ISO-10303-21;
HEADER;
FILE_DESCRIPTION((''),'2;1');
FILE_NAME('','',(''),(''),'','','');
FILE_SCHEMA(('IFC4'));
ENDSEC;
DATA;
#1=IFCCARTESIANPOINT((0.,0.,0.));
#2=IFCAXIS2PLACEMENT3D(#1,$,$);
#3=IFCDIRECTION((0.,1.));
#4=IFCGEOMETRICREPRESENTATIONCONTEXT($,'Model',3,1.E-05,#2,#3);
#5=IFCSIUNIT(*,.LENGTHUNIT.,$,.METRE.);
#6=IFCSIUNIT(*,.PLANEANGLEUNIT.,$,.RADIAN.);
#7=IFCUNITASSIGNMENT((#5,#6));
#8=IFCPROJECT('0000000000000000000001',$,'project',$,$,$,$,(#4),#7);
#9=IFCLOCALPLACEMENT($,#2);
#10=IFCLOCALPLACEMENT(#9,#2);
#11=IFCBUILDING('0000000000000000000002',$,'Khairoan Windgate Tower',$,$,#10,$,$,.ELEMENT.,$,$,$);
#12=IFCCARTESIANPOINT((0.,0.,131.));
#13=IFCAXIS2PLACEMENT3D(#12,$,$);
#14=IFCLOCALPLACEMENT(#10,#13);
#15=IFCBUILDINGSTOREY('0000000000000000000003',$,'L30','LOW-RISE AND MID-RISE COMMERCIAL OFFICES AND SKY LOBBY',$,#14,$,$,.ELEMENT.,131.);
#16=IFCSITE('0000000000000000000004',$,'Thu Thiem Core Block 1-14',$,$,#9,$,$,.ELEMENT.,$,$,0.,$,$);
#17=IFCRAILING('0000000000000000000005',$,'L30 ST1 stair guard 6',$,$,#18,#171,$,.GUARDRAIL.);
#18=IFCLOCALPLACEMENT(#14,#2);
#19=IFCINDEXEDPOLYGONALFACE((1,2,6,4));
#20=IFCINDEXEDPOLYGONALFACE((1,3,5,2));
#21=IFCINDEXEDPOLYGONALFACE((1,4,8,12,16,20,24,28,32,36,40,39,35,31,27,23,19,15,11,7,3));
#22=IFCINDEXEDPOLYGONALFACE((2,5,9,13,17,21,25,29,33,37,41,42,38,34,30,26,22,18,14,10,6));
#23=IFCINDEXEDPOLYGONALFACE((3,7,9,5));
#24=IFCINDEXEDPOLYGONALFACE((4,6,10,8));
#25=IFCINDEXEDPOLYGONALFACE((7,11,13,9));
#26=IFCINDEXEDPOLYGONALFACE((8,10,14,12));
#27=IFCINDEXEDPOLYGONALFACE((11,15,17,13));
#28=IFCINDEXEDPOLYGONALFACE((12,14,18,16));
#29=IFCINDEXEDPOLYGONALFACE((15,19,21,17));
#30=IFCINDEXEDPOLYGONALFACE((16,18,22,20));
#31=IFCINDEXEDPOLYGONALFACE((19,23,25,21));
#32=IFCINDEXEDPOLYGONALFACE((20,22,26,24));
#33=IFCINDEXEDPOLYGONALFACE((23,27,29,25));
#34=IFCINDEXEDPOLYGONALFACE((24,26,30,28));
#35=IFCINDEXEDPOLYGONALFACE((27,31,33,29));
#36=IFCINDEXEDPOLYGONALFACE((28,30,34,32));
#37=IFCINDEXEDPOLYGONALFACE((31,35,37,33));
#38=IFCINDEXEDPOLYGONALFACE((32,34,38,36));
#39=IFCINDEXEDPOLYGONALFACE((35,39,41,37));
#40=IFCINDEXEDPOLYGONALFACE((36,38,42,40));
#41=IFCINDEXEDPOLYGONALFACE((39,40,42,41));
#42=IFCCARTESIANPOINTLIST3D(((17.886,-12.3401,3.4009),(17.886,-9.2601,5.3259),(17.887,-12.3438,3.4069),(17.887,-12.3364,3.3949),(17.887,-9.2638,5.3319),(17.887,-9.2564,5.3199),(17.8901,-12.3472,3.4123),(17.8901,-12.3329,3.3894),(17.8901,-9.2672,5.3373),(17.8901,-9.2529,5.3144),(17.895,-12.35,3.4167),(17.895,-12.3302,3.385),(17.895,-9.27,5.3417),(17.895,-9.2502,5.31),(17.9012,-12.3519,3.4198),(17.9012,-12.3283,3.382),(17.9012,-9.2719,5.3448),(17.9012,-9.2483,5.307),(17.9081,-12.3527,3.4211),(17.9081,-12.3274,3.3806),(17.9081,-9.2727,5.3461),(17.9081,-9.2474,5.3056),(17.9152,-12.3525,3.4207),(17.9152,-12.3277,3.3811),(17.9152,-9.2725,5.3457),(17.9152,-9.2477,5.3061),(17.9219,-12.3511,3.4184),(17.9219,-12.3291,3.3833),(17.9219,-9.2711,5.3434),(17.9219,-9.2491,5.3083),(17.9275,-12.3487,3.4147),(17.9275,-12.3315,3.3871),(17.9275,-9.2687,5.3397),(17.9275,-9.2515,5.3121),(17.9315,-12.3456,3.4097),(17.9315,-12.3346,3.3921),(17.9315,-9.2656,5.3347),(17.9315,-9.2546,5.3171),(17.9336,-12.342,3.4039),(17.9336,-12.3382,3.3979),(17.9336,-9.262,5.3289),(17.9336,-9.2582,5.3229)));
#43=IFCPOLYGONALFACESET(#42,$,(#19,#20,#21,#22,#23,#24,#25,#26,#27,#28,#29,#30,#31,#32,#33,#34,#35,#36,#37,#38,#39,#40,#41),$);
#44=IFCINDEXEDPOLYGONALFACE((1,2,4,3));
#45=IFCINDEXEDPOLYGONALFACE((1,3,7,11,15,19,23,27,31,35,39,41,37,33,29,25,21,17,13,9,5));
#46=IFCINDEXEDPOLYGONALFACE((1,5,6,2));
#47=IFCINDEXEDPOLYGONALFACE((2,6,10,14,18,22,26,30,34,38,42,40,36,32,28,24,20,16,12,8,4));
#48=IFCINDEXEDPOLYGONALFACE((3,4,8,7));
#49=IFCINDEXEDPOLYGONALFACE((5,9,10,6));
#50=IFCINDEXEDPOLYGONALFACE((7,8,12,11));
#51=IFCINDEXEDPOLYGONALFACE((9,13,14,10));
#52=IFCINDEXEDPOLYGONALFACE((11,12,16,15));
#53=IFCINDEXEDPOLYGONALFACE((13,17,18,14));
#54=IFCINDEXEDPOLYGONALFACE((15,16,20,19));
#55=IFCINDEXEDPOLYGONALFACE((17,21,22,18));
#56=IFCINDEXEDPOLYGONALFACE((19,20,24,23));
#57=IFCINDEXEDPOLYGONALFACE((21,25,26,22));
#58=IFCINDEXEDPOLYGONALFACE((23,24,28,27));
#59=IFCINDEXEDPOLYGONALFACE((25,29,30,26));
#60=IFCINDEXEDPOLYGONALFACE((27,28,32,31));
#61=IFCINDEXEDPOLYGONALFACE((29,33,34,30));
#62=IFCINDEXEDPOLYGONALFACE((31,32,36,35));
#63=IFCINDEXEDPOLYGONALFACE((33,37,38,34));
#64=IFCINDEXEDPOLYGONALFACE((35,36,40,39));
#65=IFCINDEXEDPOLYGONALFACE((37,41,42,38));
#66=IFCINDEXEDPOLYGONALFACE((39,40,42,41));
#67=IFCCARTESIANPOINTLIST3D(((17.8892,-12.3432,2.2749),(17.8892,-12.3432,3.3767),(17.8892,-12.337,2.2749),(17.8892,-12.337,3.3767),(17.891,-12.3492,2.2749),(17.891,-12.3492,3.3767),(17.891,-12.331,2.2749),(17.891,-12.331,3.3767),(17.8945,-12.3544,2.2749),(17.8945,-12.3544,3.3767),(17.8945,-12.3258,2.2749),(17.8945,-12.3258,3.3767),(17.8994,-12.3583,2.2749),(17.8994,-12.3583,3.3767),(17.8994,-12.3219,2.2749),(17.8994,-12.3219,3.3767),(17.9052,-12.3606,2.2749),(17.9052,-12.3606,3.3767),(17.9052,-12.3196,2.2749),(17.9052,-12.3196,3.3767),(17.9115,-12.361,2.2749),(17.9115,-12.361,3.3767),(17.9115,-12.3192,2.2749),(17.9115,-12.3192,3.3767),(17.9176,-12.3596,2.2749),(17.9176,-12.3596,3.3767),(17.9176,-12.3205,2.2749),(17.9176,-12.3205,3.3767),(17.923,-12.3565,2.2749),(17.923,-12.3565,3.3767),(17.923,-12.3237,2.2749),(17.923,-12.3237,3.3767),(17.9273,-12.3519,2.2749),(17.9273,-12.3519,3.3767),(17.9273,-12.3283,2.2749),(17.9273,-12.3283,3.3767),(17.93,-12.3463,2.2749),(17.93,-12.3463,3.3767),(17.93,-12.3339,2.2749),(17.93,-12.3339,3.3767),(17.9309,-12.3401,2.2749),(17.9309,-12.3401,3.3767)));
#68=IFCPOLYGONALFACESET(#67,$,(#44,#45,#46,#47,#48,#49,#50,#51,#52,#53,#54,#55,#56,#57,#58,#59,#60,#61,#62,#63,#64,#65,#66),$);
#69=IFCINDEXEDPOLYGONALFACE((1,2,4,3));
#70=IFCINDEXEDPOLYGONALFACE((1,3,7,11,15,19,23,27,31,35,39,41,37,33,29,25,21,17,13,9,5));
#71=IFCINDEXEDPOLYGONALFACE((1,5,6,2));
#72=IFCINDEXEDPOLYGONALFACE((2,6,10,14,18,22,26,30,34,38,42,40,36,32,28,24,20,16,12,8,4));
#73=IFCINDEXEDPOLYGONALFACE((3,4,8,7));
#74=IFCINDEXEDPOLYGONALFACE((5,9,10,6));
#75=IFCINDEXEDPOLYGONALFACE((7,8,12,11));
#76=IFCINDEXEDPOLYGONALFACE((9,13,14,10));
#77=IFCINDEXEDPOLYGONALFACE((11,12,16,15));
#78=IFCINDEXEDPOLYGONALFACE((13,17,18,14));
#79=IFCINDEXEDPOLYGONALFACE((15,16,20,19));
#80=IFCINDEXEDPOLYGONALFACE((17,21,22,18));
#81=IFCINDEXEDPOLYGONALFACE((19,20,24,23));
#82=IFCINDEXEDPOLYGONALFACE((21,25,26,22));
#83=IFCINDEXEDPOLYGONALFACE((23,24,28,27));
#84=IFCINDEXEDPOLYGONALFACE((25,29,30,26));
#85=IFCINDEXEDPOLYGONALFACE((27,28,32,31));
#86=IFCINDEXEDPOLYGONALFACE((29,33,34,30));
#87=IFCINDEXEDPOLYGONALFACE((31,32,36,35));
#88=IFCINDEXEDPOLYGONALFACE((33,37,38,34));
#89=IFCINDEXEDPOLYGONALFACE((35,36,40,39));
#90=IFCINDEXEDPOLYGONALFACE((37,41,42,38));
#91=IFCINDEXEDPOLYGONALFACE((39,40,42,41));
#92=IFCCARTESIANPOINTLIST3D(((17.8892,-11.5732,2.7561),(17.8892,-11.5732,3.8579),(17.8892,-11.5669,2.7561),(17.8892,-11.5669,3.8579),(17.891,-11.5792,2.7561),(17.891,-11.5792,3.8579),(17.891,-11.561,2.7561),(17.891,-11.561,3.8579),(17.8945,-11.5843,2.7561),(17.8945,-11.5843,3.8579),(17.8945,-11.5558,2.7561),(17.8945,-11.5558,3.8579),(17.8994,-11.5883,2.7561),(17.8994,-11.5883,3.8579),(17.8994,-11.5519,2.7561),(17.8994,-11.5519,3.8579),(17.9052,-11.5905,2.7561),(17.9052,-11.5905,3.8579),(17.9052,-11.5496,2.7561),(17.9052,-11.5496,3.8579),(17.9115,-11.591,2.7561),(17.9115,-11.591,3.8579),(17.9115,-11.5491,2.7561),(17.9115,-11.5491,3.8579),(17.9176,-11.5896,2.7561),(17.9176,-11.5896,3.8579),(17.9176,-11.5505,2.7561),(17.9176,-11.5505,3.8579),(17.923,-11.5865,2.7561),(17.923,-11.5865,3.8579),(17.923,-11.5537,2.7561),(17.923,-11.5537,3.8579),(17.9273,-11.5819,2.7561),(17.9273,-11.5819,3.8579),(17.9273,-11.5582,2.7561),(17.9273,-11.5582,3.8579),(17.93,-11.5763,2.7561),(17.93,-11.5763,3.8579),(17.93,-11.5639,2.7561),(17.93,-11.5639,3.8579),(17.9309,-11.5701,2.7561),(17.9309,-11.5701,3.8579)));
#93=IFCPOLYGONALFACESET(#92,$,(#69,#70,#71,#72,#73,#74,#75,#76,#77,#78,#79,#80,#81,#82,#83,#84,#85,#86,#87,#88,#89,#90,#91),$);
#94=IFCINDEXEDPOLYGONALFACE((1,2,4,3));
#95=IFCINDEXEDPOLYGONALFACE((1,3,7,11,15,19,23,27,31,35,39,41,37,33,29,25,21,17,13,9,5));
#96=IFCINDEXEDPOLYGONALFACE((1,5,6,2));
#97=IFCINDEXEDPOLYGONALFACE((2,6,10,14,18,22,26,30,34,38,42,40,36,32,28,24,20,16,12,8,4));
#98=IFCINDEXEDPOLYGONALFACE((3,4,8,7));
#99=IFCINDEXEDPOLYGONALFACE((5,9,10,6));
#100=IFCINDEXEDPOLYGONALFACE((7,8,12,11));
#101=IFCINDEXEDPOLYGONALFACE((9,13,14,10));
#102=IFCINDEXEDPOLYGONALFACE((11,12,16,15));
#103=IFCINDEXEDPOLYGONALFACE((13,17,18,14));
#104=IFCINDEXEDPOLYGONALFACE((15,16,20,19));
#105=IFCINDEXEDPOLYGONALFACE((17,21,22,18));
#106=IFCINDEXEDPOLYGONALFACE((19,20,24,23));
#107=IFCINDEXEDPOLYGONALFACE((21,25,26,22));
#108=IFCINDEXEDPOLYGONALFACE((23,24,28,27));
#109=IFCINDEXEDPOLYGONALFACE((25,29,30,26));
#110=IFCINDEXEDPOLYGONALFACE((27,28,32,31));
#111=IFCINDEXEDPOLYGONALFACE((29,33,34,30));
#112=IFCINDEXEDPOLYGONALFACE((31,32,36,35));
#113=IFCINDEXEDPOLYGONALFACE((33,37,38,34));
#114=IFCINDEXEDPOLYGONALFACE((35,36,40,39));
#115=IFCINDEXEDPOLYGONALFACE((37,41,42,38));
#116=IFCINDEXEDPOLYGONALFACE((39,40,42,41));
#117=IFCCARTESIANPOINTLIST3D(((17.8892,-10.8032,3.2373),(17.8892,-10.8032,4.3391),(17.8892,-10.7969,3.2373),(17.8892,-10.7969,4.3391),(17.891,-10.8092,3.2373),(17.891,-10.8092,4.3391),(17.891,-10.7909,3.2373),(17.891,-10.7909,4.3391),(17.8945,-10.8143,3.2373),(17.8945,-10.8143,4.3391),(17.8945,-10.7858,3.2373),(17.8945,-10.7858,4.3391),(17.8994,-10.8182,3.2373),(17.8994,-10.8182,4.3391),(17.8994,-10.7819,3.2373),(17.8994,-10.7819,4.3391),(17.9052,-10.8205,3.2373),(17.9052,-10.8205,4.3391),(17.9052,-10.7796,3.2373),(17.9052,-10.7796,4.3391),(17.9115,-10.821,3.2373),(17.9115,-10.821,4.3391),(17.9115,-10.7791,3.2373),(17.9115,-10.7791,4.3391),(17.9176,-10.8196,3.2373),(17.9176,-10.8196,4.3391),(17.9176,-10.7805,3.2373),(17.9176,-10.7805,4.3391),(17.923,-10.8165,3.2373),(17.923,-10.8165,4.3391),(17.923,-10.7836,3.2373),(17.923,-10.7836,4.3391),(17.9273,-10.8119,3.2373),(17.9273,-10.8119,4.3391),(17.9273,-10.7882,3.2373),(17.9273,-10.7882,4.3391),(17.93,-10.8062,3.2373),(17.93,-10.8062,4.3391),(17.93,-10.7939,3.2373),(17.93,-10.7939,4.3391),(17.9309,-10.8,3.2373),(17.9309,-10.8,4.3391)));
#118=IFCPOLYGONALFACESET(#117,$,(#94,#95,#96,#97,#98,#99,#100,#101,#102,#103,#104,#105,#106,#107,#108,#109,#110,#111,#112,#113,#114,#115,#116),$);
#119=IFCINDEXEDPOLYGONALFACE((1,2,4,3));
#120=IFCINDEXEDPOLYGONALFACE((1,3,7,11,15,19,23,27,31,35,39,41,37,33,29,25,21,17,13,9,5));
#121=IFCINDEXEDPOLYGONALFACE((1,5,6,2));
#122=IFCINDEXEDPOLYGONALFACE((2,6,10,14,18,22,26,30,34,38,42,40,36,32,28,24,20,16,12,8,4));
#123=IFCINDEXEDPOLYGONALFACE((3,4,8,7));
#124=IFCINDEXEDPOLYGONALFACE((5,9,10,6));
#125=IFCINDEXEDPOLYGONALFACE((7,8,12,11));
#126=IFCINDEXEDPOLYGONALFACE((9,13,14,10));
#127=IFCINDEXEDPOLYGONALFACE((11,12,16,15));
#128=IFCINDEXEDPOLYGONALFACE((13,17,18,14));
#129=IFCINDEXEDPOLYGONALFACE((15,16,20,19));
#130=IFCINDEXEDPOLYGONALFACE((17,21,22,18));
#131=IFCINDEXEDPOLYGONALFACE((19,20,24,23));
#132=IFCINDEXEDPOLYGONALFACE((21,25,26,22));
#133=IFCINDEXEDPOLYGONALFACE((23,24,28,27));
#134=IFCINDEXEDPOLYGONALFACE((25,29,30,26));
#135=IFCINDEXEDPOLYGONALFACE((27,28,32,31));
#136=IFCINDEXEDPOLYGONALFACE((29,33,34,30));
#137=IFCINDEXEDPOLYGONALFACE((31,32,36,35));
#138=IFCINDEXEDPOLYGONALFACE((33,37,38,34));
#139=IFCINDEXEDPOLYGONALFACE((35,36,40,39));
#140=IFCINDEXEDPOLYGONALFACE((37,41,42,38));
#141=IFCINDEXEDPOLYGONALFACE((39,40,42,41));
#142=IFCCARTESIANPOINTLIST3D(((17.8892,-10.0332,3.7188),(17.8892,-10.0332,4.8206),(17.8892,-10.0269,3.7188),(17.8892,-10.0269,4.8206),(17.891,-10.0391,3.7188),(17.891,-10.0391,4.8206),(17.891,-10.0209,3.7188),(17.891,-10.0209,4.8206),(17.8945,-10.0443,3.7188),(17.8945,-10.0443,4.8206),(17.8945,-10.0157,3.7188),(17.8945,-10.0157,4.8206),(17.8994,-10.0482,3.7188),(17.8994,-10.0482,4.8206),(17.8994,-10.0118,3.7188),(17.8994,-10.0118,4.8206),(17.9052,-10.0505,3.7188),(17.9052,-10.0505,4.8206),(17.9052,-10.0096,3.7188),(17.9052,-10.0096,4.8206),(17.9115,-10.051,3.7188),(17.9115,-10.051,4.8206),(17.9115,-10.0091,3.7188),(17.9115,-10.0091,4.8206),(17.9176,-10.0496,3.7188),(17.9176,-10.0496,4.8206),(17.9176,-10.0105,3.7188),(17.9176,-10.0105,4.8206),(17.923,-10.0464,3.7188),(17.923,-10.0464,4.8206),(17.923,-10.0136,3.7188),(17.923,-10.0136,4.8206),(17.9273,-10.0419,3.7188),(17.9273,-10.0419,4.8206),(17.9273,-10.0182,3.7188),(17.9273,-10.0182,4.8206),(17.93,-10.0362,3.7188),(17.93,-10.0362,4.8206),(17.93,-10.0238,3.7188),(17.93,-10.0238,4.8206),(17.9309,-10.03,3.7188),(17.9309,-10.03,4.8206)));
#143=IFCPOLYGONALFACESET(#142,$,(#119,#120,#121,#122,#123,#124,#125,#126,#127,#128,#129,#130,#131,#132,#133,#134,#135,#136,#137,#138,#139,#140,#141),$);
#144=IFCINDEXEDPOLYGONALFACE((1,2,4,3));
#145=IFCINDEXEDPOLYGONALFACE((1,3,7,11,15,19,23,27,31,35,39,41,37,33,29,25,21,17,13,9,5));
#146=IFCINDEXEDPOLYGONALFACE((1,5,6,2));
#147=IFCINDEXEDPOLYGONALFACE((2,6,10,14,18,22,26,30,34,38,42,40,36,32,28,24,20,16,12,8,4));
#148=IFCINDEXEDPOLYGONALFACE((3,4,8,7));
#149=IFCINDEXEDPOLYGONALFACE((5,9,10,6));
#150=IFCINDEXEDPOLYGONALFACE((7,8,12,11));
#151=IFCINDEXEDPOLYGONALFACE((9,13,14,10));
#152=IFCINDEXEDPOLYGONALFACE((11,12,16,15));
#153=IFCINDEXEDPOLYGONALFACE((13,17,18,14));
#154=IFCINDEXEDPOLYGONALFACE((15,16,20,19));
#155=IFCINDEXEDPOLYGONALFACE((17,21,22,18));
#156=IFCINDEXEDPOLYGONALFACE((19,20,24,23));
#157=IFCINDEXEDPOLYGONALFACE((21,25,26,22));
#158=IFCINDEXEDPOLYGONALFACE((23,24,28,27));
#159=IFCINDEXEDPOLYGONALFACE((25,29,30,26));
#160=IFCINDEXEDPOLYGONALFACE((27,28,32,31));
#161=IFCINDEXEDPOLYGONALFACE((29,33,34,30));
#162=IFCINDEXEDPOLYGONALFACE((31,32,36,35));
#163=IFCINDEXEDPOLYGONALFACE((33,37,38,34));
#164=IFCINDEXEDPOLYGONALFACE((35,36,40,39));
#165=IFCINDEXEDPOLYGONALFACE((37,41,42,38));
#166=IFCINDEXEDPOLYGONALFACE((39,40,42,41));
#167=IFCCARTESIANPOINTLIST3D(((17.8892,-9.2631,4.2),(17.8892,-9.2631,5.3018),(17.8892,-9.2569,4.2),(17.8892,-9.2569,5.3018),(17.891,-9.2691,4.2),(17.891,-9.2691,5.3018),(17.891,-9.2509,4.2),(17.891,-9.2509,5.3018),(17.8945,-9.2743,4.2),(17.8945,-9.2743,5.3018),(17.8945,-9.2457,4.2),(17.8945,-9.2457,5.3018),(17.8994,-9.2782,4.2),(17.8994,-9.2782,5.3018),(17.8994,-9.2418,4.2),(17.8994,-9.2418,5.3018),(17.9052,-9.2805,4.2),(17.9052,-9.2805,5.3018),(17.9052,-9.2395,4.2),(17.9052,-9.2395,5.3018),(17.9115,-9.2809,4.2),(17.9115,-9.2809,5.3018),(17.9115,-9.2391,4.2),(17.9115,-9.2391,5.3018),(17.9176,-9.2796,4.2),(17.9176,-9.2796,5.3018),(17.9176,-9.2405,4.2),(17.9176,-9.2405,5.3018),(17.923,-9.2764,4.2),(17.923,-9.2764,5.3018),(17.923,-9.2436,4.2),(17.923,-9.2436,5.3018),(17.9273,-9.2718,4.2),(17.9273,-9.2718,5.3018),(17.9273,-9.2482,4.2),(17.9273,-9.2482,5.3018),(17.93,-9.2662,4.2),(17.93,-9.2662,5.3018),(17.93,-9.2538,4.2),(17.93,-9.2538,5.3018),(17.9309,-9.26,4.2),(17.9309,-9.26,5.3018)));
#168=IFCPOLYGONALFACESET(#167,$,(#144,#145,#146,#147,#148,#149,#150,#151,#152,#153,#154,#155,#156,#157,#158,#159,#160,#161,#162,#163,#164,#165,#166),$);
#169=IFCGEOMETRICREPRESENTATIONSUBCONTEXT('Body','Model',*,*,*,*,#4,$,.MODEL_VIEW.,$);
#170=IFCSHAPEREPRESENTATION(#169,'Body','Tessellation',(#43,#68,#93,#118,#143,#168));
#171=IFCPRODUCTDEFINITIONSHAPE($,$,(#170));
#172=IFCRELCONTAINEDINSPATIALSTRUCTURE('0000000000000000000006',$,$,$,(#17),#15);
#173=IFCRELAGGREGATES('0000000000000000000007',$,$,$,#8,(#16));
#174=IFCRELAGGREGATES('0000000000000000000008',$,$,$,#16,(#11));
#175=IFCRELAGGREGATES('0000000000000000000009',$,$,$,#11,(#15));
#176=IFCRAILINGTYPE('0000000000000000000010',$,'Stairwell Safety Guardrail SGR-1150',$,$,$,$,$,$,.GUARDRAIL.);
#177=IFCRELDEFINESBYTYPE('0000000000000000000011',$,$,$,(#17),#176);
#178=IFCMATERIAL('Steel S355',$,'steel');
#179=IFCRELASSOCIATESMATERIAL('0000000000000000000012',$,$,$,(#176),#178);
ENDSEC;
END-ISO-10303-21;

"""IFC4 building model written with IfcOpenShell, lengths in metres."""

from ifc_helpers import new_model, si_unit, direction, frame, origin, origin_2d, place, context, subcontext, project, spatial, circle, extrude, material, type_object, element, save


model = new_model("IFC4")

# Units and contexts
model_context = context("Model", 3, precision=1e-05, world=origin(), true_north=direction((0.0, 1.0)))
body_context = subcontext(model_context, "Body", "Model", "MODEL_VIEW")
ifc_project = project(units=[si_unit("LENGTHUNIT", "METRE"), si_unit("PLANEANGLEUNIT", "RADIAN")], contexts=[model_context])

# Site, building, storey
site_placement = place(None, origin())
site = spatial("IfcSite", under=ifc_project, at=site_placement, Name="Thu Thiem Core Block 1-14", CompositionType="ELEMENT", RefElevation=0.0)
building_placement = place(site_placement, origin())
building = spatial("IfcBuilding", under=site, at=building_placement, Name="Khairoan Windgate Tower", CompositionType="ELEMENT")
storey_placement = place(building_placement, frame((0.0, 0.0, 131.0)))
storey = spatial("IfcBuildingStorey", under=building, at=storey_placement, Name="L30", Description="LOW-RISE AND MID-RISE COMMERCIAL OFFICES AND SKY LOBBY", CompositionType="ELEMENT", Elevation=131.0)

# Railing
ifc_material_1 = material(Name="Steel S355", Category="steel")
railing_type_1 = type_object("IfcRailingType", Name="Stairwell Safety Guardrail SGR-1150", PredefinedType="GUARDRAIL", material=ifc_material_1)
railing_1_placement = place(storey_placement, frame((17.9099, -12.3401, 2.2749)))
element("IfcRailing", 1, at=railing_1_placement, inside=storey, type_object=railing_type_1, Name="L30 ST1 stair guard 6", PredefinedType="GUARDRAIL", context=body_context, shape_type="SweptSolid", body=[
    extrude(circle(Radius=0.0239, at=origin_2d()), frame((0.0, 0.0, 1.126), z_axis=(0.0, 0.847998, 0.529999), x_axis=(-1.0, 0.0, 0.0)), (0.0, 0.0, 1.0), 3.6321),
    extrude(circle(Radius=0.021, at=origin_2d()), origin(), (0.0, 0.0, 1.0), 1.1018),
    extrude(circle(Radius=0.021, at=origin_2d()), frame((0.0, 0.77, 0.4812)), (0.0, 0.0, 1.0), 1.1018),
    extrude(circle(Radius=0.021, at=origin_2d()), frame((0.0, 1.54, 0.9624)), (0.0, 0.0, 1.0), 1.1018),
    extrude(circle(Radius=0.021, at=origin_2d()), frame((0.0, 2.3101, 1.4438)), (0.0, 0.0, 1.0), 1.1018),
    extrude(circle(Radius=0.021, at=origin_2d()), frame((0.0, 3.0801, 1.925)), (0.0, 0.0, 1.0), 1.1018),
])

save(model, "model.ifc")
